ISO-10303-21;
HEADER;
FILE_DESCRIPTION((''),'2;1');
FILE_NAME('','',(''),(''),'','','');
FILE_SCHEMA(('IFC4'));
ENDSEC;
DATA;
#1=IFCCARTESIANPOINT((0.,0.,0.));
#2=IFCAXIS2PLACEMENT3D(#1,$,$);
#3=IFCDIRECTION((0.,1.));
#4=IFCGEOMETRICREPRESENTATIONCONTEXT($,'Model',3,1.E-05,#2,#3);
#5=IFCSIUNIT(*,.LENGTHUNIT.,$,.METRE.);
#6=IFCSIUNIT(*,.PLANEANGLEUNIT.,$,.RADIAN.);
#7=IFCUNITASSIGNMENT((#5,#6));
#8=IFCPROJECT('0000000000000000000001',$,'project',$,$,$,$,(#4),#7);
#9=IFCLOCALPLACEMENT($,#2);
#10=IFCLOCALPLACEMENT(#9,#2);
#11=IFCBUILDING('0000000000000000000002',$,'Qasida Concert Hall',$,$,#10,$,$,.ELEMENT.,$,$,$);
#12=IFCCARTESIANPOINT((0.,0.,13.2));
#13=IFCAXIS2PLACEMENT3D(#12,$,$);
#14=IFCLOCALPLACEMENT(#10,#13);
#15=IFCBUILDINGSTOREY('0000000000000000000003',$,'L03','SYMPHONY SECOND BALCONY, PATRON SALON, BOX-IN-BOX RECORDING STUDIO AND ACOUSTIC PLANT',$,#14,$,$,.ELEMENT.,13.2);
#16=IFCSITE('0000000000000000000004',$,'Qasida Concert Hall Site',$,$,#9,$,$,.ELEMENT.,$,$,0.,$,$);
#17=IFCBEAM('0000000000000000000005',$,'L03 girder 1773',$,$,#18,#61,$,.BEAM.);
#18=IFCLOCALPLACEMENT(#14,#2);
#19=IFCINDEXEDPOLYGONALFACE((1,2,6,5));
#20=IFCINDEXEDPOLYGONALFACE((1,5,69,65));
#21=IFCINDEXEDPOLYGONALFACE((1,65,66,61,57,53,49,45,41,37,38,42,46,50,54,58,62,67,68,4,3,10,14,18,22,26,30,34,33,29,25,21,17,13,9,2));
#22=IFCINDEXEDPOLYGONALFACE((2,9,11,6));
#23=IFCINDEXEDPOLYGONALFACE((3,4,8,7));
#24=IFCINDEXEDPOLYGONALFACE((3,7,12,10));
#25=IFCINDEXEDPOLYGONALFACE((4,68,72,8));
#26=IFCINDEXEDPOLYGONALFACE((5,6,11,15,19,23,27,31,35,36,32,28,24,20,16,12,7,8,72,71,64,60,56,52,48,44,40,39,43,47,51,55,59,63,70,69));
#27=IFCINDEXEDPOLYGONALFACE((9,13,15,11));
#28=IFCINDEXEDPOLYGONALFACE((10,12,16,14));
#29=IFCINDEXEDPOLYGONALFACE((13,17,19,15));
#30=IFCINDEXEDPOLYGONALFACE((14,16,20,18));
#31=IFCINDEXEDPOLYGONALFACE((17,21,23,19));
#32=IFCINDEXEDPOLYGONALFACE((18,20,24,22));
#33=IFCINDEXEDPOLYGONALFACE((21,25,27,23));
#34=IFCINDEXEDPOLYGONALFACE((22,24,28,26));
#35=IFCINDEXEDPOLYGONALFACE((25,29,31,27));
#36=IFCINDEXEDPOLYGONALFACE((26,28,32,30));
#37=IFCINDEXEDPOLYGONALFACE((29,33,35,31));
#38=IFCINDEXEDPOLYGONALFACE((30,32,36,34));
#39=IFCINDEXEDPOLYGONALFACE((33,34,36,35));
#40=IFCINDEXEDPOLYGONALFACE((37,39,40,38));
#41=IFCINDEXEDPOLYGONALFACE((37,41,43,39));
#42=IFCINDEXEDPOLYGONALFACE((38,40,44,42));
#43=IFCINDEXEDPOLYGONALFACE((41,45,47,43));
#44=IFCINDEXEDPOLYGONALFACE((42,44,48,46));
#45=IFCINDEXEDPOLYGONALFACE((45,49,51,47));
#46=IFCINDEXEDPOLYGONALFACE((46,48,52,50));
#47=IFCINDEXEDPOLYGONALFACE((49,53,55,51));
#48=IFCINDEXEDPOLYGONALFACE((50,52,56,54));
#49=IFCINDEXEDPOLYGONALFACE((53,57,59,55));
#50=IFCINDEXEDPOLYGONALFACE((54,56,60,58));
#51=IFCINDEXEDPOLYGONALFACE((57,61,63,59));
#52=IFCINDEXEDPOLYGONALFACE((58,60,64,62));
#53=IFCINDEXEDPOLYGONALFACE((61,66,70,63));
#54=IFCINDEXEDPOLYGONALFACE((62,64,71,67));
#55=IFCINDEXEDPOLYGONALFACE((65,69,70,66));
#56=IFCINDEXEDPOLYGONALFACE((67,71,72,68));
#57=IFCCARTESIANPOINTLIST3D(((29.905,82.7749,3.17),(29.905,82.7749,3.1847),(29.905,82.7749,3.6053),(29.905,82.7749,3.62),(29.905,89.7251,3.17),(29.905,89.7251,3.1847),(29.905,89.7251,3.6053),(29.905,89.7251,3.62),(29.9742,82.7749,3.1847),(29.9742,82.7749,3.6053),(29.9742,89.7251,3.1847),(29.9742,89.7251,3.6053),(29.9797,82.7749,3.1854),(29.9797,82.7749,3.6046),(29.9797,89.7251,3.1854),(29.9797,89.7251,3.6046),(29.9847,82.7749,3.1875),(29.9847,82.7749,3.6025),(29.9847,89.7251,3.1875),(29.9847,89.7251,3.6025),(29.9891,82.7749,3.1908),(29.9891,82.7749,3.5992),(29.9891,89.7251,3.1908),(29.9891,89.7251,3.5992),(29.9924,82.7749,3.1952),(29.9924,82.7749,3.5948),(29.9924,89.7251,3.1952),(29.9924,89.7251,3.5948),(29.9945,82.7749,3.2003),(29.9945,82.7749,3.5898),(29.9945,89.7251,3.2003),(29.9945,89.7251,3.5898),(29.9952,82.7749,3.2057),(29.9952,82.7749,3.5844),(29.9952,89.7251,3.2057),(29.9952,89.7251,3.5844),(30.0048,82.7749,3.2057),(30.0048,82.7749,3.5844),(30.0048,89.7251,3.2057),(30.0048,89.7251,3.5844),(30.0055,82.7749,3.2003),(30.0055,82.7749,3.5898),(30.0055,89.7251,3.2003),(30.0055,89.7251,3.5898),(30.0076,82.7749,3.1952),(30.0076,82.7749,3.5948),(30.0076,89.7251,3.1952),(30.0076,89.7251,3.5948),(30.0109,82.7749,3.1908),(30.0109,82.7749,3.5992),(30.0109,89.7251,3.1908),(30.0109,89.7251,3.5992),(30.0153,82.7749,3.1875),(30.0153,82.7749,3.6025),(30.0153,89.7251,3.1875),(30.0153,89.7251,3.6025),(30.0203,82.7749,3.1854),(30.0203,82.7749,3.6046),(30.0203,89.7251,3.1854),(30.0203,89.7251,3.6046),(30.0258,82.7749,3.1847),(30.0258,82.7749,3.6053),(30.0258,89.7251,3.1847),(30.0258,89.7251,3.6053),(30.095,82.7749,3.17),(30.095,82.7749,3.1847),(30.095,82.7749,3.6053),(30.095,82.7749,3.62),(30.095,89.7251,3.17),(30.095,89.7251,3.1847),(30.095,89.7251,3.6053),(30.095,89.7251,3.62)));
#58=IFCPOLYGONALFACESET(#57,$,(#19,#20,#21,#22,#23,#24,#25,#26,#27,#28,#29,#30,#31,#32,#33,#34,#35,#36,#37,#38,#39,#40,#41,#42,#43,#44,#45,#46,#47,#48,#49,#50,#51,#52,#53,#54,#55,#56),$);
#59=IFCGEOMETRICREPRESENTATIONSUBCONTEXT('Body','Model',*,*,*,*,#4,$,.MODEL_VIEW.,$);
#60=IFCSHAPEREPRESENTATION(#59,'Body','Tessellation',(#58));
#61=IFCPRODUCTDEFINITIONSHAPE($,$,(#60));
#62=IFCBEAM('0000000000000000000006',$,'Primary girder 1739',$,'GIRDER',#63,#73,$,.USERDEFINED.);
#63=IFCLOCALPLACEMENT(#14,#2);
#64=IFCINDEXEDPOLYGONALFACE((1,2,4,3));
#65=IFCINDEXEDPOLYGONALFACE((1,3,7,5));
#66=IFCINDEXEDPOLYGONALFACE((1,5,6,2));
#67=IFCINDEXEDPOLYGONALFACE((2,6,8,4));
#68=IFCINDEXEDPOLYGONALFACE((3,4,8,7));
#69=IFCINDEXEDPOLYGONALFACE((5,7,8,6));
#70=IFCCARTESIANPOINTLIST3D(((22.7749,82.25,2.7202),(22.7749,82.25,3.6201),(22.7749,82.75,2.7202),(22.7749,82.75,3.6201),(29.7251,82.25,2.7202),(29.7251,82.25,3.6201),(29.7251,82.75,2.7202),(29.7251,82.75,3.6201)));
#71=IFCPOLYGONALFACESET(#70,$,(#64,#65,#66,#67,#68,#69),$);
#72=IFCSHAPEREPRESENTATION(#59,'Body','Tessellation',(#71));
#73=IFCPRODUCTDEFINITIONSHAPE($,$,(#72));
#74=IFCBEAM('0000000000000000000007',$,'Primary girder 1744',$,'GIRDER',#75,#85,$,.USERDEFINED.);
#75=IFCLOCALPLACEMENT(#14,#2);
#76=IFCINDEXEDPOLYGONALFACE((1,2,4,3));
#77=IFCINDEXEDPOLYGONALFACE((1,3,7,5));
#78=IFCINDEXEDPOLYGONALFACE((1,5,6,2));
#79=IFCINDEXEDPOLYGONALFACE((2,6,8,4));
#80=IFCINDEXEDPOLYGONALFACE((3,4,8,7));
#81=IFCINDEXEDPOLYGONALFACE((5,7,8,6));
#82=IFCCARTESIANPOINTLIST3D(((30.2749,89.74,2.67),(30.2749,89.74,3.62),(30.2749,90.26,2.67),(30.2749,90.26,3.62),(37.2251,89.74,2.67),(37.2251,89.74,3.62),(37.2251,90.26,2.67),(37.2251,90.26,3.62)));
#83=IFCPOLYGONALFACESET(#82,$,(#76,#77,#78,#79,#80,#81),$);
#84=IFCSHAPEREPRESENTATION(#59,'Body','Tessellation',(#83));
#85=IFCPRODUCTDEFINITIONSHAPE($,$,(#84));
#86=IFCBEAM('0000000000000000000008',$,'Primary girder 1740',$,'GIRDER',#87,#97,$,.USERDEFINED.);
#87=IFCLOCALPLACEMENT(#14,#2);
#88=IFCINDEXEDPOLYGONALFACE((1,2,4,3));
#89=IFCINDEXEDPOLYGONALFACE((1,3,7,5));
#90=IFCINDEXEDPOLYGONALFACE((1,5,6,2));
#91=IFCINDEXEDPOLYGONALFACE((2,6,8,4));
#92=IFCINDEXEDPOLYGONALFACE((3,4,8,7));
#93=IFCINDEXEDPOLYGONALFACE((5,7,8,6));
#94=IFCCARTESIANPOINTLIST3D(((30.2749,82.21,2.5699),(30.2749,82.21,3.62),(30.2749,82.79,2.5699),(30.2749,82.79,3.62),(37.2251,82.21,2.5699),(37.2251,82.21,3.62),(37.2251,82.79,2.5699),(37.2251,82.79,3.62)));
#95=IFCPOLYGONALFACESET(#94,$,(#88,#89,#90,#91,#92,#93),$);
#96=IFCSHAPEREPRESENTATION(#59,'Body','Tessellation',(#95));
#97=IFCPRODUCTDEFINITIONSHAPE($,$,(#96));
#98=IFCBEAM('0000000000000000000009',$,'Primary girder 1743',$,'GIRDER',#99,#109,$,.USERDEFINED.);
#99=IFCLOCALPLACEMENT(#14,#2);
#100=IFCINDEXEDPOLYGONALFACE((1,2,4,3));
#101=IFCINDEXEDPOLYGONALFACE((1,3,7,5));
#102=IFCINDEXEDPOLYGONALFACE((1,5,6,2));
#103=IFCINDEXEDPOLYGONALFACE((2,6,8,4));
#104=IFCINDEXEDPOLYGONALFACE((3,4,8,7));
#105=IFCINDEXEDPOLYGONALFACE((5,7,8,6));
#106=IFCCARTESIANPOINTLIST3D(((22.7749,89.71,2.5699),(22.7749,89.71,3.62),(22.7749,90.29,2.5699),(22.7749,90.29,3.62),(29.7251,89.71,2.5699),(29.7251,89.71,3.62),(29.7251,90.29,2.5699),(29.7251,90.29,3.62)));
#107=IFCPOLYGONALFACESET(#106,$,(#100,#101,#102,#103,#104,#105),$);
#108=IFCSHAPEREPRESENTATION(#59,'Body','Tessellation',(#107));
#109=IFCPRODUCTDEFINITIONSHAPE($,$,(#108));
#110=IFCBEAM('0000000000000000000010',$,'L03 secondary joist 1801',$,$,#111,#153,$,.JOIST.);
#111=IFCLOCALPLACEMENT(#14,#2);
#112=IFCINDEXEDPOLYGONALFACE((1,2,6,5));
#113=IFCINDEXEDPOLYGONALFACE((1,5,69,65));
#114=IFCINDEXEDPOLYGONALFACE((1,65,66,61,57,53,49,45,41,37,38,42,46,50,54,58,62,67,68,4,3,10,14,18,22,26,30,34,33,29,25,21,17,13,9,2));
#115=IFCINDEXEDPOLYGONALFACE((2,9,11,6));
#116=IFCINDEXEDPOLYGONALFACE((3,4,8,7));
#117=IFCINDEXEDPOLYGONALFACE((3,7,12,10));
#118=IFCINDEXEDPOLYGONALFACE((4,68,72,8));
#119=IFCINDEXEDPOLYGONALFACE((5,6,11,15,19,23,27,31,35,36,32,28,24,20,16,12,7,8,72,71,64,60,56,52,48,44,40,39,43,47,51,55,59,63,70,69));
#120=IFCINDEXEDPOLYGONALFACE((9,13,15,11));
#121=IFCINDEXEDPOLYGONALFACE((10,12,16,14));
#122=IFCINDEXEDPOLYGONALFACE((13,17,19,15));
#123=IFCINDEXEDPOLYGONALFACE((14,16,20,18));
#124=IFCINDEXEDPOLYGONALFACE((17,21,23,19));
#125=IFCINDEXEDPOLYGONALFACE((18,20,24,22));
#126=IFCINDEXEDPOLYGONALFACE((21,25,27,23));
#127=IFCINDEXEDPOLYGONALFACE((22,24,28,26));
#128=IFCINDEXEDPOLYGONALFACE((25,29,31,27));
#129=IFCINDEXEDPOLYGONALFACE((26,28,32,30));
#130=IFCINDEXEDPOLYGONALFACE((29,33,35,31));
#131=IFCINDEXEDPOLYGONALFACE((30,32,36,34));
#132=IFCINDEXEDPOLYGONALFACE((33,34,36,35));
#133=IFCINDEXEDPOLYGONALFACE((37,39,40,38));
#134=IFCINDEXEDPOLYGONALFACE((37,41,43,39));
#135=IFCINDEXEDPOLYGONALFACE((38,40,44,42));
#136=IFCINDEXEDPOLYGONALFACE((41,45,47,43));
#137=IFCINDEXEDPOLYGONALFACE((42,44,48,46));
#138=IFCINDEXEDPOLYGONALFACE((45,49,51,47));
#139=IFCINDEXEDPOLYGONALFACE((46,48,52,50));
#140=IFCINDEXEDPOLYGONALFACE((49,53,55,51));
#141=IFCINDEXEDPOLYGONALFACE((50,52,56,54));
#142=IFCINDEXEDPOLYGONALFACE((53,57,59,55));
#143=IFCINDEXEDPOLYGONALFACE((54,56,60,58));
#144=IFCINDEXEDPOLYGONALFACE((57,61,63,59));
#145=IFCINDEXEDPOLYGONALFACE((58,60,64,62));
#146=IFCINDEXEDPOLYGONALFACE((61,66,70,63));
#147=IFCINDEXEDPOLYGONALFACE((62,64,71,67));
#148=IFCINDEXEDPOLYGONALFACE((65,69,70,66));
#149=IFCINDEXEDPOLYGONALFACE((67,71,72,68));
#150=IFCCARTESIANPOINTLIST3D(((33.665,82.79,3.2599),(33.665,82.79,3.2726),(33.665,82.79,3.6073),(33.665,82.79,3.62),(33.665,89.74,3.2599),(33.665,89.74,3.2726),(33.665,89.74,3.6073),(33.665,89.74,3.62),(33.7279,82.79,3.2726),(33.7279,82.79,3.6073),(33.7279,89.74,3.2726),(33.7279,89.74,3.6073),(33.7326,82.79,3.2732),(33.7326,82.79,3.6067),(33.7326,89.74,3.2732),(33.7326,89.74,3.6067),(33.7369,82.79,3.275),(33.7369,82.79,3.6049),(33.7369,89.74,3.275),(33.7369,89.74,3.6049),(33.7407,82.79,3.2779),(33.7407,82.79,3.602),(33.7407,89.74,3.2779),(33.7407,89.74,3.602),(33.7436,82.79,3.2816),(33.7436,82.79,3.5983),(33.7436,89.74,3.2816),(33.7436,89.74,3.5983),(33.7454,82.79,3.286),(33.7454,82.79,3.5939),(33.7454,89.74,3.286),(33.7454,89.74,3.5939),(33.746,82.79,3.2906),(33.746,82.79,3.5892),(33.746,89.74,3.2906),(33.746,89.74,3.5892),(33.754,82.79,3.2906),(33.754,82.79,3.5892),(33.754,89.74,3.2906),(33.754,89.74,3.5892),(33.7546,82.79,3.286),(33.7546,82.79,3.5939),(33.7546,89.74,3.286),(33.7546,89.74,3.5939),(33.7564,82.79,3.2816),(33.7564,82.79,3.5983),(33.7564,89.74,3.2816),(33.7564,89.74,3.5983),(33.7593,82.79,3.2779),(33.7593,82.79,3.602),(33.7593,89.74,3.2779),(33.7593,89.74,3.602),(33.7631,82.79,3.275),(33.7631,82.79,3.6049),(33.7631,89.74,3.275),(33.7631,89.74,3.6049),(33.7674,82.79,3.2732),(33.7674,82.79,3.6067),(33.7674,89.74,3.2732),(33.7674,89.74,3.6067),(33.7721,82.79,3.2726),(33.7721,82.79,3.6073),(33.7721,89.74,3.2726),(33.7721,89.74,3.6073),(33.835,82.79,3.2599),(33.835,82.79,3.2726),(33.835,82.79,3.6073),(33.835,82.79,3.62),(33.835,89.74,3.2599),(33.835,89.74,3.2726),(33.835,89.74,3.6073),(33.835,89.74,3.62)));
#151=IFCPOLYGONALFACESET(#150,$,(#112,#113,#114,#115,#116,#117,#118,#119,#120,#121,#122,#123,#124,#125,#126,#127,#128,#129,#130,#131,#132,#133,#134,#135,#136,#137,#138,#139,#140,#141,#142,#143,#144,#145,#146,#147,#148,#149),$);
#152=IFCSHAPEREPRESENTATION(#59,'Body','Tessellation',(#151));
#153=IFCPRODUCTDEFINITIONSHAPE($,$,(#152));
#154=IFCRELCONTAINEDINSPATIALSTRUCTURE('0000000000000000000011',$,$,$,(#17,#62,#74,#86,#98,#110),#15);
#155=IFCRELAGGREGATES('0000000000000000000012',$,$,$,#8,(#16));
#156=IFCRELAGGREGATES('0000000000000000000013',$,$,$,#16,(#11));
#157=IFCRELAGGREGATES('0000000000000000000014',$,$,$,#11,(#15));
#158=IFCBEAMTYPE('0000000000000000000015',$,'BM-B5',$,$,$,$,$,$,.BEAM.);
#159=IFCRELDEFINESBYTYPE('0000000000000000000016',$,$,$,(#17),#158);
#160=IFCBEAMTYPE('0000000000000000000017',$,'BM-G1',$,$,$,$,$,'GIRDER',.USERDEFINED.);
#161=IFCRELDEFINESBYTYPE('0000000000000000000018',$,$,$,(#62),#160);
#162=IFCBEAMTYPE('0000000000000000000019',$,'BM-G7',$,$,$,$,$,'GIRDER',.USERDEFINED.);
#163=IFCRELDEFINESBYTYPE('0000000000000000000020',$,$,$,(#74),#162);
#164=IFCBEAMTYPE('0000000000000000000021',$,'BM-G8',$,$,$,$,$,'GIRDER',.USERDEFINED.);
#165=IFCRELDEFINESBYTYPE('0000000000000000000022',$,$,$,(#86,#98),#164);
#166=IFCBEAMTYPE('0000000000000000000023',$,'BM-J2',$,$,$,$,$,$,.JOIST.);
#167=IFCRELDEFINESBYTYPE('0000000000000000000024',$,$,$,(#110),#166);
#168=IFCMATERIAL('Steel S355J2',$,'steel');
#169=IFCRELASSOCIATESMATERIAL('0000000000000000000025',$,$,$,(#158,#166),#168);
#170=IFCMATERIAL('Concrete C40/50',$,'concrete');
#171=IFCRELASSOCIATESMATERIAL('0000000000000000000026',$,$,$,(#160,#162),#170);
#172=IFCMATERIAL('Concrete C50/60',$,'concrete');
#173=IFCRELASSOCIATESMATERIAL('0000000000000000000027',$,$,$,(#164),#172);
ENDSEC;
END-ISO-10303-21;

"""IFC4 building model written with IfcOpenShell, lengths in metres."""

from ifc_helpers import new_model, si_unit, direction, frame, origin, origin_2d, place, context, subcontext, project, spatial, rectangle, i_section, extrude, material, material_profile, profile_set, type_object, element, save


model = new_model("IFC4")

# Units and contexts
model_context = context("Model", 3, precision=1e-05, world=origin(), true_north=direction((0.0, 1.0)))
body_context = subcontext(model_context, "Body", "Model", "MODEL_VIEW")
ifc_project = project(units=[si_unit("LENGTHUNIT", "METRE"), si_unit("PLANEANGLEUNIT", "RADIAN")], contexts=[model_context])

# Site, building, storey
site_placement = place(None, origin())
site = spatial("IfcSite", under=ifc_project, at=site_placement, Name="Qasida Concert Hall Site", CompositionType="ELEMENT", RefElevation=0.0)
building_placement = place(site_placement, origin())
building = spatial("IfcBuilding", under=site, at=building_placement, Name="Qasida Concert Hall", CompositionType="ELEMENT")
storey_placement = place(building_placement, frame((0.0, 0.0, 13.2)))
storey = spatial("IfcBuildingStorey", under=building, at=storey_placement, Name="L03", Description="SYMPHONY SECOND BALCONY, PATRON SALON, BOX-IN-BOX RECORDING STUDIO AND ACOUSTIC PLANT", CompositionType="ELEMENT", Elevation=13.2)

# Shared definitions
ifc_material_1 = material(Name="Concrete C50/60", Category="concrete")

# Beams
ifc_material_2 = material(Name="Concrete C40/50", Category="concrete")
ifc_material_3 = material(Name="Steel S355J2", Category="steel")
ifc_material_profile_1 = material_profile(ifc_material_3, i_section(OverallWidth=0.1899, OverallDepth=0.45, WebThickness=0.0095, FlangeThickness=0.0146, FilletRadius=0.021, at=origin_2d()), Name="IPE 450")
ifc_profile_set_1 = profile_set([ifc_material_profile_1], Name="Steel S355J2")
beam_type_1 = type_object("IfcBeamType", Name="BM-B5", PredefinedType="BEAM", material=ifc_profile_set_1)
beam_1_placement = place(storey_placement, frame((30.0, 82.7749, 3.395), z_axis=(0.0, 1.0, 0.0), x_axis=(-1.0, 0.0, 0.0)))
element("IfcBeam", 1, at=beam_1_placement, inside=storey, type_object=beam_type_1, Name="L03 girder 1773", PredefinedType="BEAM", context=body_context, shape_type="SweptSolid", body=[
    extrude(i_section(OverallWidth=0.1899, OverallDepth=0.45, WebThickness=0.0095, FlangeThickness=0.0146, FilletRadius=0.021, at=origin_2d()), origin(), (0.0, 0.0, 1.0), 6.9502),
])
ifc_material_profile_2 = material_profile(ifc_material_2, rectangle(XDim=0.5, YDim=0.8999, at=origin_2d()), Name="RC 500x900")
ifc_profile_set_2 = profile_set([ifc_material_profile_2], Name="Concrete C40/50")
beam_type_2 = type_object("IfcBeamType", Name="BM-G1", ElementType="GIRDER", PredefinedType="USERDEFINED", material=ifc_profile_set_2)
beam_2_placement = place(storey_placement, frame((22.7749, 82.5, 3.1702), z_axis=(1.0, 0.0, 0.0), x_axis=(0.0, 1.0, 0.0)))
element("IfcBeam", 2, at=beam_2_placement, inside=storey, type_object=beam_type_2, Name="Primary girder 1739", ObjectType="GIRDER", PredefinedType="USERDEFINED", context=body_context, shape_type="SweptSolid", body=[
    extrude(rectangle(XDim=0.5, YDim=0.8999, at=origin_2d()), origin(), (0.0, 0.0, 1.0), 6.9502),
])
ifc_material_profile_3 = material_profile(ifc_material_2, rectangle(XDim=0.52, YDim=0.95, at=origin_2d()), Name="RC 520x950")
ifc_profile_set_3 = profile_set([ifc_material_profile_3], Name="Concrete C40/50")
beam_type_3 = type_object("IfcBeamType", Name="BM-G7", ElementType="GIRDER", PredefinedType="USERDEFINED", material=ifc_profile_set_3)
beam_3_placement = place(storey_placement, frame((30.2749, 90.0, 3.145), z_axis=(1.0, 0.0, 0.0), x_axis=(0.0, 1.0, 0.0)))
element("IfcBeam", 3, at=beam_3_placement, inside=storey, type_object=beam_type_3, Name="Primary girder 1744", ObjectType="GIRDER", PredefinedType="USERDEFINED", context=body_context, shape_type="SweptSolid", body=[
    extrude(rectangle(XDim=0.52, YDim=0.95, at=origin_2d()), origin(), (0.0, 0.0, 1.0), 6.9502),
])
ifc_material_profile_4 = material_profile(ifc_material_1, rectangle(XDim=0.5801, YDim=1.05, at=origin_2d()), Name="RC 580x1050")
ifc_profile_set_4 = profile_set([ifc_material_profile_4], Name="Concrete C50/60")
beam_type_4 = type_object("IfcBeamType", Name="BM-G8", ElementType="GIRDER", PredefinedType="USERDEFINED", material=ifc_profile_set_4)
for number, where, z_axis, x_axis, name in (
    (4, (30.2749, 82.5, 3.095), (1.0, 0.0, 0.0), (0.0, 1.0, 0.0), "Primary girder 1740"),
    (5, (22.7749, 90.0, 3.095), (1.0, 0.0, 0.0), (0.0, 1.0, 0.0), "Primary girder 1743"),
):
    element("IfcBeam", number, at=place(storey_placement, frame(where, z_axis=z_axis, x_axis=x_axis)), inside=storey, type_object=beam_type_4, Name=name, ObjectType="GIRDER", PredefinedType="USERDEFINED", context=body_context, shape_type="SweptSolid", body=[
        extrude(rectangle(XDim=0.5801, YDim=1.05, at=origin_2d()), origin(), (0.0, 0.0, 1.0), 6.9502),
    ])
ifc_material_profile_5 = material_profile(ifc_material_3, i_section(OverallWidth=0.1699, OverallDepth=0.3601, WebThickness=0.0081, FlangeThickness=0.0127, FilletRadius=0.0181, at=origin_2d()), Name="IPE 360")
ifc_profile_set_5 = profile_set([ifc_material_profile_5], Name="Steel S355J2")
beam_type_5 = type_object("IfcBeamType", Name="BM-J2", PredefinedType="JOIST", material=ifc_profile_set_5)
beam_4_placement = place(storey_placement, frame((33.75, 82.79, 3.4399), z_axis=(0.0, 1.0, 0.0), x_axis=(-1.0, 0.0, 0.0)))
element("IfcBeam", 6, at=beam_4_placement, inside=storey, type_object=beam_type_5, Name="L03 secondary joist 1801", PredefinedType="JOIST", context=body_context, shape_type="SweptSolid", body=[
    extrude(i_section(OverallWidth=0.1699, OverallDepth=0.3601, WebThickness=0.0081, FlangeThickness=0.0127, FilletRadius=0.0181, at=origin_2d()), origin(), (0.0, 0.0, 1.0), 6.95),
])

save(model, "model.ifc")
